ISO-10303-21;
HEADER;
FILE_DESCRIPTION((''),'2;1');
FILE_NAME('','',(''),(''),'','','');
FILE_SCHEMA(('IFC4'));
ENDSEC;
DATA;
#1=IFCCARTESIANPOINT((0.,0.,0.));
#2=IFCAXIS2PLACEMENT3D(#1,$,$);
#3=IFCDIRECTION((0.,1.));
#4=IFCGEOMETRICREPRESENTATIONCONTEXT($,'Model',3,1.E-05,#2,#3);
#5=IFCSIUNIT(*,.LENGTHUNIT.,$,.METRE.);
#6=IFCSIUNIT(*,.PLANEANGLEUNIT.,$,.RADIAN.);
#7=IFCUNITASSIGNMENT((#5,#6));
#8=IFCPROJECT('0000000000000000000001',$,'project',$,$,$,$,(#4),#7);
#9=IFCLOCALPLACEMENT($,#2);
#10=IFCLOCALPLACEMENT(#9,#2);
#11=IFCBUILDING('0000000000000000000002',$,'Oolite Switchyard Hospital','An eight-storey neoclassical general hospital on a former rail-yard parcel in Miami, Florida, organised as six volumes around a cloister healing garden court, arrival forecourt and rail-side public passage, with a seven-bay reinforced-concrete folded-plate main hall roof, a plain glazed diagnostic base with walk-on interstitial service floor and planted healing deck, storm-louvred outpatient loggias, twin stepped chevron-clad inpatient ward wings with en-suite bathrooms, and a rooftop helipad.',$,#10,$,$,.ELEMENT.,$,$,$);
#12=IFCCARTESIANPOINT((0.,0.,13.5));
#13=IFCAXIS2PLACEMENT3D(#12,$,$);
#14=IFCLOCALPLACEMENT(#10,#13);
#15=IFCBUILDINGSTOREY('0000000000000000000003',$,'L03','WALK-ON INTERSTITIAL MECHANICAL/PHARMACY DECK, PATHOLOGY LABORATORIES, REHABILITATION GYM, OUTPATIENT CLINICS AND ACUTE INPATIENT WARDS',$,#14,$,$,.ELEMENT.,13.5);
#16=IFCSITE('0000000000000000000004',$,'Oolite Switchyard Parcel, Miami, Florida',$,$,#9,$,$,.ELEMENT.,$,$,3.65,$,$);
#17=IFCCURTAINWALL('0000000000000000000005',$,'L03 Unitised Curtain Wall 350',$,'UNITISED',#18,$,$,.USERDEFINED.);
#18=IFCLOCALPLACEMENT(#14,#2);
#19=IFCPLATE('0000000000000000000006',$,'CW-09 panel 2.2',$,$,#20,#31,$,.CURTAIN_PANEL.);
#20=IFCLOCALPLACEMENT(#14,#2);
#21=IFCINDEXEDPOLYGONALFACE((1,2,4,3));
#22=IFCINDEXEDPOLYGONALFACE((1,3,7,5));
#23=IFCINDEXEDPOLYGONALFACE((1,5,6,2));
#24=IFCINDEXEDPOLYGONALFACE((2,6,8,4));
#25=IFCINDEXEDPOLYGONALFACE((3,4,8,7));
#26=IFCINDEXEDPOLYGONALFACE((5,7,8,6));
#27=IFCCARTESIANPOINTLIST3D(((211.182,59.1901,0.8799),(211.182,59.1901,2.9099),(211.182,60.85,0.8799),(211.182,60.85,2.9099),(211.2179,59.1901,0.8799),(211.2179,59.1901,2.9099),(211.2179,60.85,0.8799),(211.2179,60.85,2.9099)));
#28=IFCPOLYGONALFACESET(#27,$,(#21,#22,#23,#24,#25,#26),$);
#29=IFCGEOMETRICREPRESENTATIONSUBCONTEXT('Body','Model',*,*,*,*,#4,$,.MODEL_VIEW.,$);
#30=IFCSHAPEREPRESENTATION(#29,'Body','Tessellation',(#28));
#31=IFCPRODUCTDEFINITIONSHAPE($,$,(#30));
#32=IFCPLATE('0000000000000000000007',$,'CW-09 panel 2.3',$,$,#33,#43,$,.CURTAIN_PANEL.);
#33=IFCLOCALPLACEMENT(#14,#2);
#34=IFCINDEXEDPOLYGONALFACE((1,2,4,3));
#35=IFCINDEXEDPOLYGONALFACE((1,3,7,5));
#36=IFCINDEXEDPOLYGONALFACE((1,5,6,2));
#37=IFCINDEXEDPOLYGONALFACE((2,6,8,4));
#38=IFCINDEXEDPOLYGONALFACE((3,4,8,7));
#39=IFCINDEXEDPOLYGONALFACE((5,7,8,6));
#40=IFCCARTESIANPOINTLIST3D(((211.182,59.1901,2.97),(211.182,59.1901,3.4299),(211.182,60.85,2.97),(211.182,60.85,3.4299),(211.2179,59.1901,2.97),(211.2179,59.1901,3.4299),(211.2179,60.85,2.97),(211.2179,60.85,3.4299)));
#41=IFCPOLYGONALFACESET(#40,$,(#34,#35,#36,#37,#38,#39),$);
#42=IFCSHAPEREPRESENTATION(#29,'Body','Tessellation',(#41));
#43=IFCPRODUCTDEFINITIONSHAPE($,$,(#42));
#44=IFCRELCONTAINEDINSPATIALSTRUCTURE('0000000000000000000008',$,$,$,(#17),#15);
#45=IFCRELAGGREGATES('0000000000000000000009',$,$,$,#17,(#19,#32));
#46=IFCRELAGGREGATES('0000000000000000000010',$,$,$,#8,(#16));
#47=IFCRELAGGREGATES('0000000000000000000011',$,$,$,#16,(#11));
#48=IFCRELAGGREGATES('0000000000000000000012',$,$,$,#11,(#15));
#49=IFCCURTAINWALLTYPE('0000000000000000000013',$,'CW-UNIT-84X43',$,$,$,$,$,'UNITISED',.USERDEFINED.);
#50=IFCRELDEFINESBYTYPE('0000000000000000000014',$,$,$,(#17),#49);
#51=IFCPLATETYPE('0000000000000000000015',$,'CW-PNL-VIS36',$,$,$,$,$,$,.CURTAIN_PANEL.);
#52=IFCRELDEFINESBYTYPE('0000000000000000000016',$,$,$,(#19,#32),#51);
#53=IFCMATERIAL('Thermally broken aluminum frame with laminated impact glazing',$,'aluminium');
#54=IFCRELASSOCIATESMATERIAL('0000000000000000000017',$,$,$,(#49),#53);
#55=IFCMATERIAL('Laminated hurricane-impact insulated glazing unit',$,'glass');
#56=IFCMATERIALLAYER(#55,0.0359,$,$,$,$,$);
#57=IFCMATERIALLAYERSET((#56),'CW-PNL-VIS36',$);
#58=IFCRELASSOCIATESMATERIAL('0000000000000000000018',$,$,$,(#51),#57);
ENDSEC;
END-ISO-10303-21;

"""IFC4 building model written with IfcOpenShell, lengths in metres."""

from ifc_helpers import new_model, si_unit, direction, frame, origin, origin_2d, place, context, subcontext, project, spatial, rectangle, extrude, material, layer, layer_set, type_object, element, aggregate, save


model = new_model("IFC4")

# Units and contexts
model_context = context("Model", 3, precision=1e-05, world=origin(), true_north=direction((0.0, 1.0)))
body_context = subcontext(model_context, "Body", "Model", "MODEL_VIEW")
ifc_project = project(units=[si_unit("LENGTHUNIT", "METRE"), si_unit("PLANEANGLEUNIT", "RADIAN")], contexts=[model_context])

# Site, building, storey
site_placement = place(None, origin())
site = spatial("IfcSite", under=ifc_project, at=site_placement, Name="Oolite Switchyard Parcel, Miami, Florida", CompositionType="ELEMENT", RefElevation=3.65)
building_placement = place(site_placement, origin())
building = spatial("IfcBuilding", under=site, at=building_placement, Name="Oolite Switchyard Hospital", Description="An eight-storey neoclassical general hospital on a former rail-yard parcel in Miami, Florida, organised as six volumes around a cloister healing garden court, arrival forecourt and rail-side public passage, with a seven-bay reinforced-concrete folded-plate main hall roof, a plain glazed diagnostic base with walk-on interstitial service floor and planted healing deck, storm-louvred outpatient loggias, twin stepped chevron-clad inpatient ward wings with en-suite bathrooms, and a rooftop helipad.", CompositionType="ELEMENT")
storey_placement = place(building_placement, frame((0.0, 0.0, 13.5)))
storey = spatial("IfcBuildingStorey", under=building, at=storey_placement, Name="L03", Description="WALK-ON INTERSTITIAL MECHANICAL/PHARMACY DECK, PATHOLOGY LABORATORIES, REHABILITATION GYM, OUTPATIENT CLINICS AND ACUTE INPATIENT WARDS", CompositionType="ELEMENT", Elevation=13.5)

# Shared definitions
ifc_material_1 = material(Name="Thermally broken aluminum frame with laminated impact glazing", Category="aluminium")
curtain_wall_type = type_object("IfcCurtainWallType", Name="CW-UNIT-84X43", ElementType="UNITISED", PredefinedType="USERDEFINED", material=ifc_material_1)

# Curtain wall
curtain_wall_1_placement = place(storey_placement, origin())
curtain_wall_1 = element("IfcCurtainWall", 1, at=curtain_wall_1_placement, inside=storey, type_object=curtain_wall_type, Name="L03 Unitised Curtain Wall 350", ObjectType="UNITISED", PredefinedType="USERDEFINED")

# Plates
ifc_material_2 = material(Name="Laminated hurricane-impact insulated glazing unit", Category="glass")
ifc_layer_1 = layer(ifc_material_2, 0.0359)
ifc_layer_set_1 = layer_set([ifc_layer_1], Name="CW-PNL-VIS36")
plate_type_1 = type_object("IfcPlateType", Name="CW-PNL-VIS36", PredefinedType="CURTAIN_PANEL", material=ifc_layer_set_1)
plate_1_placement = place(storey_placement, frame((211.2, 60.02, 0.8799), z_axis=(0.0, 0.0, 1.0), x_axis=(0.0, -1.0, 0.0)))
plate_1 = element("IfcPlate", 2, at=plate_1_placement, type_object=plate_type_1, Name="CW-09 panel 2.2", PredefinedType="CURTAIN_PANEL", context=body_context, shape_type="SweptSolid", body=[
    extrude(rectangle(XDim=1.6599, YDim=0.0359, at=origin_2d()), origin(), (0.0, 0.0, 1.0), 2.03),
])
plate_2_placement = place(storey_placement, frame((211.2, 60.02, 2.97), z_axis=(0.0, 0.0, 1.0), x_axis=(0.0, -1.0, 0.0)))
plate_2 = element("IfcPlate", 3, at=plate_2_placement, type_object=plate_type_1, Name="CW-09 panel 2.3", PredefinedType="CURTAIN_PANEL", context=body_context, shape_type="SweptSolid", body=[
    extrude(rectangle(XDim=1.6599, YDim=0.0359, at=origin_2d()), origin(), (0.0, 0.0, 1.0), 0.46),
])
aggregate(curtain_wall_1, [plate_1, plate_2])

save(model, "model.ifc")
